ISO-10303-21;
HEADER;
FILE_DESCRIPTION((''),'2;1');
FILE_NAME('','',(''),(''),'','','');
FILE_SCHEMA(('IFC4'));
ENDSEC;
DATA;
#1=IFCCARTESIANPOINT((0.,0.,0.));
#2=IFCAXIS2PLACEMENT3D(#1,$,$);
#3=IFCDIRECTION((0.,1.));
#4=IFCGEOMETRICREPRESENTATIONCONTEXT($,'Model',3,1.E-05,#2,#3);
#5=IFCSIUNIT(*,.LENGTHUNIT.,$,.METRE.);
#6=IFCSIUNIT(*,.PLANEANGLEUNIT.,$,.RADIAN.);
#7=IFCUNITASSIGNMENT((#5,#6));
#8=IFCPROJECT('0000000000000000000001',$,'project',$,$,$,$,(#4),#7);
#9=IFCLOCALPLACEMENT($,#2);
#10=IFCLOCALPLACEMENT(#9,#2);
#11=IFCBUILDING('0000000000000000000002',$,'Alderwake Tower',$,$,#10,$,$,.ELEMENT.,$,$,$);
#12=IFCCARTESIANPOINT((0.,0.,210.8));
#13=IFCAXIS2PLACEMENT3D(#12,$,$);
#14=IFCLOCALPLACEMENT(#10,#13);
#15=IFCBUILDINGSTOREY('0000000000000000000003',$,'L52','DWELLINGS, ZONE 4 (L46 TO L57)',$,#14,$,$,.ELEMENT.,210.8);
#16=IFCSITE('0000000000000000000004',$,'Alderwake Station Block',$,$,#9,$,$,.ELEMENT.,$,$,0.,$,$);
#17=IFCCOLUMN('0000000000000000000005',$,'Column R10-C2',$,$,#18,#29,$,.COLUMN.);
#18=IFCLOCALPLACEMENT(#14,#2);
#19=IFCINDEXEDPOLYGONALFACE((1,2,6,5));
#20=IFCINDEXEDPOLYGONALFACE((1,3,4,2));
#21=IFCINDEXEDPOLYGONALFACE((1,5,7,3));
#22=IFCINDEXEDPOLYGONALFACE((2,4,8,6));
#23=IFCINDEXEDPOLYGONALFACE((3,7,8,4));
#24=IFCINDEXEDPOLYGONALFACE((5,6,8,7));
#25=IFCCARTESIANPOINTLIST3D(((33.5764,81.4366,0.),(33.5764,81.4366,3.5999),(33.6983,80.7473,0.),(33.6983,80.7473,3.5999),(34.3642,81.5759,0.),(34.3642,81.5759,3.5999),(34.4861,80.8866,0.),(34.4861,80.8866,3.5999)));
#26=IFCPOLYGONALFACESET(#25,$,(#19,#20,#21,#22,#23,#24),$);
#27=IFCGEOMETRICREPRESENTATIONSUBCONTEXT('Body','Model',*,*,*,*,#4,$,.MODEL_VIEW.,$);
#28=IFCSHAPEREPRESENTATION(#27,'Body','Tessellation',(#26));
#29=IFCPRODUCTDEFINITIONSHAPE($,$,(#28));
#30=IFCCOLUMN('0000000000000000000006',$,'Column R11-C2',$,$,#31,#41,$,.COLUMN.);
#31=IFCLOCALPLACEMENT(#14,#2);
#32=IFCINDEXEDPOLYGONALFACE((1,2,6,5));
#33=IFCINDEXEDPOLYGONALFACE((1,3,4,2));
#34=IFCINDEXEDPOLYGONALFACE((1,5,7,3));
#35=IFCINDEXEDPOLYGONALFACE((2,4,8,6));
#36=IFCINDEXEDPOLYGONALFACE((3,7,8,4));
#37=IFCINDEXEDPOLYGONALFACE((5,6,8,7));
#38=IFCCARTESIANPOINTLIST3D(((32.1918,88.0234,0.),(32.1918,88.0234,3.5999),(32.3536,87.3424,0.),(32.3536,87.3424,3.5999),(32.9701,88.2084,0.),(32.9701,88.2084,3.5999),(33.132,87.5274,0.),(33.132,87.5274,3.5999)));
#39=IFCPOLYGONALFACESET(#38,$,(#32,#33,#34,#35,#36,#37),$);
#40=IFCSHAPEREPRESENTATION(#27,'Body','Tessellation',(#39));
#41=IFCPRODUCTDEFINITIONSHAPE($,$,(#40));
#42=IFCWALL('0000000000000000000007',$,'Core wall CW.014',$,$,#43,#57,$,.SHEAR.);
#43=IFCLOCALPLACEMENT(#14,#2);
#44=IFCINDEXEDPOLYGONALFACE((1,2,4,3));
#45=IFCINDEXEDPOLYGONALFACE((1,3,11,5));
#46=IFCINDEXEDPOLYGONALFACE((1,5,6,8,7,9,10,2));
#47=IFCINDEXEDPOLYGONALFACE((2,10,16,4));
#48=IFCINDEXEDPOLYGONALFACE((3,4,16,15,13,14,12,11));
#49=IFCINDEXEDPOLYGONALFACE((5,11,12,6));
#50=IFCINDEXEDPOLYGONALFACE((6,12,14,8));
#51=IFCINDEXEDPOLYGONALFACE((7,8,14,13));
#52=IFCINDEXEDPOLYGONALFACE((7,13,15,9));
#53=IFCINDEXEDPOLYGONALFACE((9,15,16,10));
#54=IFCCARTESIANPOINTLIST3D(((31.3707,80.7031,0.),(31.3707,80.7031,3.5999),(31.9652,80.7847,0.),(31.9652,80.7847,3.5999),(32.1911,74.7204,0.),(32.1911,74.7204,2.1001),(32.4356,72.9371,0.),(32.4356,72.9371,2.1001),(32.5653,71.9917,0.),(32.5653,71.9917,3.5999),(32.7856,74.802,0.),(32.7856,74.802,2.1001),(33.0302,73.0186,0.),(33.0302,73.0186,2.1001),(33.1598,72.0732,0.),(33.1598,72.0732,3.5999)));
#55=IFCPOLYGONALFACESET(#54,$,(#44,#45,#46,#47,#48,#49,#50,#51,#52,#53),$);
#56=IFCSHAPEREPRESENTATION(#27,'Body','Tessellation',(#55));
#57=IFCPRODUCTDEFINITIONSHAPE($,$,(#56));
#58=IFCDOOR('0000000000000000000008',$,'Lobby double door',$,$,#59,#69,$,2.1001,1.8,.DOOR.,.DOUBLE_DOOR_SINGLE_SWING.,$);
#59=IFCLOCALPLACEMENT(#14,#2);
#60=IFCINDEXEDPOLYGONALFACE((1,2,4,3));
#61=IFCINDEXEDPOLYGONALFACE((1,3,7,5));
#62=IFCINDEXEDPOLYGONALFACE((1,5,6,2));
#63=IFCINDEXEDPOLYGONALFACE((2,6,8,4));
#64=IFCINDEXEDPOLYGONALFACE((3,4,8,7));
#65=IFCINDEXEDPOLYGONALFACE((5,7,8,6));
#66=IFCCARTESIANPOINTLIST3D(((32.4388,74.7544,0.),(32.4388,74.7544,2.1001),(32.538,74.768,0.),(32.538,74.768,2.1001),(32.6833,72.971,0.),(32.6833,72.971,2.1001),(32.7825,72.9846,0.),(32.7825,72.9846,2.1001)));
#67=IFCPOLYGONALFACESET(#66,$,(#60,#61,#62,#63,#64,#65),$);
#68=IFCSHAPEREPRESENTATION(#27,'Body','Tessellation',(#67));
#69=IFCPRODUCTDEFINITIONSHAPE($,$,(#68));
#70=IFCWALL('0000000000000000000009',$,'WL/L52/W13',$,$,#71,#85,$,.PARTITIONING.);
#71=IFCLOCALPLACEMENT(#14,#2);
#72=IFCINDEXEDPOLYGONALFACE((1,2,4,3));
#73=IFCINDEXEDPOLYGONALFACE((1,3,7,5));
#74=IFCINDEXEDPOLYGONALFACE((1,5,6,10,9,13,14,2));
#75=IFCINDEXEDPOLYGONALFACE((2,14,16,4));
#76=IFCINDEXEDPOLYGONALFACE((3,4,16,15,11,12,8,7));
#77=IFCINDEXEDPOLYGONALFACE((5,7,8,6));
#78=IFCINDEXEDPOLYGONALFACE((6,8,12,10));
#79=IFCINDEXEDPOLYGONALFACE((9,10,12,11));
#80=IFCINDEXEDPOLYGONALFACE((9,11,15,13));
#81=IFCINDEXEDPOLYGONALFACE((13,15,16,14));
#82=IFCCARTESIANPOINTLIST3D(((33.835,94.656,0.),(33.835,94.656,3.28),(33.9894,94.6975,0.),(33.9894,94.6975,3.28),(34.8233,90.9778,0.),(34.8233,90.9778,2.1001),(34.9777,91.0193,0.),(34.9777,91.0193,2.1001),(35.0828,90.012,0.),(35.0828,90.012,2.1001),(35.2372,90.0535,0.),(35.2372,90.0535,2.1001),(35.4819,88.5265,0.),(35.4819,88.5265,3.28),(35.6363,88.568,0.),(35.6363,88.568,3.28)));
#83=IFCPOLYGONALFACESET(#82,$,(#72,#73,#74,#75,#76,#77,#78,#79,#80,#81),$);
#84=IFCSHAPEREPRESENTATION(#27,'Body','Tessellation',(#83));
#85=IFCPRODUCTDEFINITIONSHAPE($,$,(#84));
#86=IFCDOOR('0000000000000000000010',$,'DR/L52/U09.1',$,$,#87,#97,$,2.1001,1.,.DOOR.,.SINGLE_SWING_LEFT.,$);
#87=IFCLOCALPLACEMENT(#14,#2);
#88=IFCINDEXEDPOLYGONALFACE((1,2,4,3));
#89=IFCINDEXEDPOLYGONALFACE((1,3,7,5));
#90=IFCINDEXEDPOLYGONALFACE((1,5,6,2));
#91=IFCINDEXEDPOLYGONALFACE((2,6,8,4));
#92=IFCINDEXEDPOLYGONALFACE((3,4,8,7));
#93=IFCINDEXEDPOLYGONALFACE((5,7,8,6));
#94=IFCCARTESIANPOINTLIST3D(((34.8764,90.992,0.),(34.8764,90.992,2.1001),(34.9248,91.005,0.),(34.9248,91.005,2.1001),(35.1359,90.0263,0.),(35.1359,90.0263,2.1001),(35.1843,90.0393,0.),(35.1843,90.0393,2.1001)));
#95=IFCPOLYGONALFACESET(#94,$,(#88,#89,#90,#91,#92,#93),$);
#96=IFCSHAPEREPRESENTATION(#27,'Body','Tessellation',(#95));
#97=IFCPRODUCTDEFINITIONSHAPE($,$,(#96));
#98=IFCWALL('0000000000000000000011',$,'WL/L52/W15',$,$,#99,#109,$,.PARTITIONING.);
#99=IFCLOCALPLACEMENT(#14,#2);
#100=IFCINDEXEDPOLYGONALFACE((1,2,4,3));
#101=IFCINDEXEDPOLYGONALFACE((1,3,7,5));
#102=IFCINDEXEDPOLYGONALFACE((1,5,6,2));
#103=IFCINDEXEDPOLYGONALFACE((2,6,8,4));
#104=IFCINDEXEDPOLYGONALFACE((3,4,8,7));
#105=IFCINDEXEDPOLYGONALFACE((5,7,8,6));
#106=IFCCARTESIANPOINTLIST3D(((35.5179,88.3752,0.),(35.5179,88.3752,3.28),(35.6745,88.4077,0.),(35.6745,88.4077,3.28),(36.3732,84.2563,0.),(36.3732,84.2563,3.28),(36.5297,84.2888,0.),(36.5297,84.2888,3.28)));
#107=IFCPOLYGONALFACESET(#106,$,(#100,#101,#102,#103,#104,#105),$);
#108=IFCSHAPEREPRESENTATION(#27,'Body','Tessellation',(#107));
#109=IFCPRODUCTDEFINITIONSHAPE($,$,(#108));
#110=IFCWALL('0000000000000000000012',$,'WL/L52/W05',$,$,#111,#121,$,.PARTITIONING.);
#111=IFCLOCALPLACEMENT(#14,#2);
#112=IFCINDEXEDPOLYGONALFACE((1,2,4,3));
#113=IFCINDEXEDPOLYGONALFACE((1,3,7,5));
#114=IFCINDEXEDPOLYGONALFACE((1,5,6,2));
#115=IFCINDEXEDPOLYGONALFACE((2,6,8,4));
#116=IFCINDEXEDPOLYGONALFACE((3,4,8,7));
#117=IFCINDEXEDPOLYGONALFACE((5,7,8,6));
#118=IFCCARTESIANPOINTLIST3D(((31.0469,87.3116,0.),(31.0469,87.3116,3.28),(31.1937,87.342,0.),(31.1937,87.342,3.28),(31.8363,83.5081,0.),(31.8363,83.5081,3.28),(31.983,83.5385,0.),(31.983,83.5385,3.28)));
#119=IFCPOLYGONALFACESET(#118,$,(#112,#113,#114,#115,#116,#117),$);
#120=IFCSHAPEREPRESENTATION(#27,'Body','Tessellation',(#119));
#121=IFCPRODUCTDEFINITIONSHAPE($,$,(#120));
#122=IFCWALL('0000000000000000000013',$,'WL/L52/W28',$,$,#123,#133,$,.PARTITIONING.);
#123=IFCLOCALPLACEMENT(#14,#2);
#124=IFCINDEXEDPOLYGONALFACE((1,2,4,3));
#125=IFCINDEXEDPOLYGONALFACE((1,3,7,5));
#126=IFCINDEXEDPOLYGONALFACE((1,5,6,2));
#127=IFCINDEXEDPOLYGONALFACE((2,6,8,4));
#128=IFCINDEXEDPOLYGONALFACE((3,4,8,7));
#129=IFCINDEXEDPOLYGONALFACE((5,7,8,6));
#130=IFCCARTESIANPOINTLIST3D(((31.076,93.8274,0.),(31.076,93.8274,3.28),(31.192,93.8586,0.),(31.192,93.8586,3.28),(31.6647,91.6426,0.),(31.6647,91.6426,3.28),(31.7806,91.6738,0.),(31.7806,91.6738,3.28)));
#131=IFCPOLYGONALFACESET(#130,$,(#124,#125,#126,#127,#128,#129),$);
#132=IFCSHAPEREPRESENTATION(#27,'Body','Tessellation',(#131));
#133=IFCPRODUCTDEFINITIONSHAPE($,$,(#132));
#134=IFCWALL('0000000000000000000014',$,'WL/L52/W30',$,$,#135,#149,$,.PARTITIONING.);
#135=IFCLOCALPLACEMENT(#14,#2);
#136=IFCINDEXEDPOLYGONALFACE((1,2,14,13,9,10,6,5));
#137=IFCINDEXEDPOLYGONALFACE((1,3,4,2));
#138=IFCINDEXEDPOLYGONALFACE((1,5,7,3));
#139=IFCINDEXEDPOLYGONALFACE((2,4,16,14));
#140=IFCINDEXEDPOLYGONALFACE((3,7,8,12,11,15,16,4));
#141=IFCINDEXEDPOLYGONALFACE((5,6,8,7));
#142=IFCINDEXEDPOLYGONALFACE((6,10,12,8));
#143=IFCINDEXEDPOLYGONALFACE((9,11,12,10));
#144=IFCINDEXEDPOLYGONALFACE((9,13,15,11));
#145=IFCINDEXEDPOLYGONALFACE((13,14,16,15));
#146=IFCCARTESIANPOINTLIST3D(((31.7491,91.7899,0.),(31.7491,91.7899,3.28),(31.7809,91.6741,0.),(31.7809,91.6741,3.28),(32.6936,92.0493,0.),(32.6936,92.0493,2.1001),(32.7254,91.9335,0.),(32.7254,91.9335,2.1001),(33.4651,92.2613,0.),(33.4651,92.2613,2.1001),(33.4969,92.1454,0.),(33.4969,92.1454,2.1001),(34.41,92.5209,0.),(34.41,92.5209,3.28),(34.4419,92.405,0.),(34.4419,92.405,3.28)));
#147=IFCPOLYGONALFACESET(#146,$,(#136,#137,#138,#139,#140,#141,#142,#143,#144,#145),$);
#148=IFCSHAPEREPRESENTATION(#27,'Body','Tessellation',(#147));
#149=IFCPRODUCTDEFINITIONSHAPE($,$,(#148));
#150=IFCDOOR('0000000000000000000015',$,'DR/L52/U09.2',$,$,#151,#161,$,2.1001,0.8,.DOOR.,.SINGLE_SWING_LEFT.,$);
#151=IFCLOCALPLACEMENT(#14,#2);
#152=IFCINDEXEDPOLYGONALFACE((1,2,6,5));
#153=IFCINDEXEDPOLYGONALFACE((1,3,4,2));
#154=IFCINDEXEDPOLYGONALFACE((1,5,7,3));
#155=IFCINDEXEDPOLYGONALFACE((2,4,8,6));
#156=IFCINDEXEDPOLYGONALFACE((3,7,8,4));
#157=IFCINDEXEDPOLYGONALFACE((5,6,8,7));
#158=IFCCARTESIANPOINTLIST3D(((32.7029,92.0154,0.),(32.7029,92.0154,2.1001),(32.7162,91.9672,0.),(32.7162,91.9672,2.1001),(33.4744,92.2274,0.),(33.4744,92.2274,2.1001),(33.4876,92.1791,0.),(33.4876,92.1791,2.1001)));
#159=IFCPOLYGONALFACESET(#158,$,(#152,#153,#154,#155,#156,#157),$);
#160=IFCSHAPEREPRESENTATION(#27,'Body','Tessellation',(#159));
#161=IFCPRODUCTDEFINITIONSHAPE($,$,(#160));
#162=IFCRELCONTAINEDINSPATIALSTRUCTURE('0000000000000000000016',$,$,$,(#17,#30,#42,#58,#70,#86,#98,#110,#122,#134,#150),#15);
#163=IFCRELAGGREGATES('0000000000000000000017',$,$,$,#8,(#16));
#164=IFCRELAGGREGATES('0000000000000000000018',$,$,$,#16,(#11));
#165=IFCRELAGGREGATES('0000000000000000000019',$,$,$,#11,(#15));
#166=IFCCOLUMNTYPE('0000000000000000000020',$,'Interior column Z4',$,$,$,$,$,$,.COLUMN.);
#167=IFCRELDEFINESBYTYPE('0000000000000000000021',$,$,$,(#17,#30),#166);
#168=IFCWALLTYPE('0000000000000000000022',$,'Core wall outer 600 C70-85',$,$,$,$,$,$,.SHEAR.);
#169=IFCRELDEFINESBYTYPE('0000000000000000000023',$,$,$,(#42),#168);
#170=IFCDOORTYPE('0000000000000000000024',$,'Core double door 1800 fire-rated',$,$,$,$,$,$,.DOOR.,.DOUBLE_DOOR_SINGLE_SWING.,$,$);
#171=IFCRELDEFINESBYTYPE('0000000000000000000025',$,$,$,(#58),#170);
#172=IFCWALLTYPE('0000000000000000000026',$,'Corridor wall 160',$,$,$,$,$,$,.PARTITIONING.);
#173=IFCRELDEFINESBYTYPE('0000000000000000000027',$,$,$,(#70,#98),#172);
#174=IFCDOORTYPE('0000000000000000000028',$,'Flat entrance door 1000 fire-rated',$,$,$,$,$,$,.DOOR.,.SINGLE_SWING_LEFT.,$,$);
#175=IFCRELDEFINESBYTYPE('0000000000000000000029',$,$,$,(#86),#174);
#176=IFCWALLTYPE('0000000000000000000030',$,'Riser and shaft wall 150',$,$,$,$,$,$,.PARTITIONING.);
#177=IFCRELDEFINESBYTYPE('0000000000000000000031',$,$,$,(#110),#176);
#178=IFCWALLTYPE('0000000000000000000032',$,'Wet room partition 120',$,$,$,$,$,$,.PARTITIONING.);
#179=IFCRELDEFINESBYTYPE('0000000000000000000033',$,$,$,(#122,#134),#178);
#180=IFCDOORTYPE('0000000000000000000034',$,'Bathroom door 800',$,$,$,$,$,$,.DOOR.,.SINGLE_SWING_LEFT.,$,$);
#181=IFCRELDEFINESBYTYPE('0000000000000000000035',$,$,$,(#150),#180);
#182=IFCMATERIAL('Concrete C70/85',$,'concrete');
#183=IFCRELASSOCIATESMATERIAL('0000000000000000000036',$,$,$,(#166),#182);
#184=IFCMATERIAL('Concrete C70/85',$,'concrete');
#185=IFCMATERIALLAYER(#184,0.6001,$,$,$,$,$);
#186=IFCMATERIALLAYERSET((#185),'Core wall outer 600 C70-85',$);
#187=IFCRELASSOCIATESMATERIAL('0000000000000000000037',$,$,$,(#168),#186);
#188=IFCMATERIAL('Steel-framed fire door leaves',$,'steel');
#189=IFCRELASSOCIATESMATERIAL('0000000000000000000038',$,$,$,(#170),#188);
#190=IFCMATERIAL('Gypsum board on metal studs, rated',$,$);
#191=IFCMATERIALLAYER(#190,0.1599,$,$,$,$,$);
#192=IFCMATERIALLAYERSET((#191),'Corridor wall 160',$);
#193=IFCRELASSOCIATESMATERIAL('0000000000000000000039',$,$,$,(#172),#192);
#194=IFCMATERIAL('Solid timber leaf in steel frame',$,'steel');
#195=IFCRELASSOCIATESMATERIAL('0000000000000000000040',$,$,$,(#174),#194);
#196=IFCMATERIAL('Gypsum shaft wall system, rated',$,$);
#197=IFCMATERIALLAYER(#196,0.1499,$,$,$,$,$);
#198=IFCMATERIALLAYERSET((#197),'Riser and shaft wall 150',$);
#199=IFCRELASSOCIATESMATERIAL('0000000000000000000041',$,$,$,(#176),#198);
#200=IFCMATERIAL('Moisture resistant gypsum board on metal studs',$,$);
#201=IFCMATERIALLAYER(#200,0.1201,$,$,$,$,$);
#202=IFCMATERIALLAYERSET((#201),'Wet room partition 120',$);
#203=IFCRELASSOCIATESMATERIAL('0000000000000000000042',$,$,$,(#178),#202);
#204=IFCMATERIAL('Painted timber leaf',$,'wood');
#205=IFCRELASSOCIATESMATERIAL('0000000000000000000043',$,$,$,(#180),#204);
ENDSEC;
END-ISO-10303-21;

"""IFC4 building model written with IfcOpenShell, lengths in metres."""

from ifc_helpers import new_model, si_unit, direction, frame, frame_2d, origin, origin_2d, place, context, subcontext, project, spatial, rectangle, extrude, material, layer, layer_set, material_profile, profile_set, type_object, element, fill, save


model = new_model("IFC4")

# Units and contexts
model_context = context("Model", 3, precision=1e-05, world=origin(), true_north=direction((0.0, 1.0)))
body_context = subcontext(model_context, "Body", "Model", "MODEL_VIEW")
ifc_project = project(units=[si_unit("LENGTHUNIT", "METRE"), si_unit("PLANEANGLEUNIT", "RADIAN")], contexts=[model_context])

# Site, building, storey
site_placement = place(None, origin())
site = spatial("IfcSite", under=ifc_project, at=site_placement, Name="Alderwake Station Block", CompositionType="ELEMENT", RefElevation=0.0)
building_placement = place(site_placement, origin())
building = spatial("IfcBuilding", under=site, at=building_placement, Name="Alderwake Tower", CompositionType="ELEMENT")
storey_placement = place(building_placement, frame((0.0, 0.0, 210.8)))
storey = spatial("IfcBuildingStorey", under=building, at=storey_placement, Name="L52", Description="DWELLINGS, ZONE 4 (L46 TO L57)", CompositionType="ELEMENT", Elevation=210.8)

# Columns
ifc_material_1 = material(Name="Concrete C70/85", Category="concrete")
ifc_material_profile_1 = material_profile(ifc_material_1, rectangle(XDim=0.7, YDim=0.8, at=origin_2d()), Name="RC 800X700")
ifc_profile_set_1 = profile_set([ifc_material_profile_1], Name="Concrete C70/85")
column_type = type_object("IfcColumnType", Name="Interior column Z4", PredefinedType="COLUMN", material=ifc_profile_set_1)
for number, where, z_axis, x_axis, name in (
    (1, (34.0312, 81.1616, 0.0), (0.0, 0.0, 1.0), (-0.174109, 0.984726, 0.0), "Column R10-C2"),
    (2, (32.6619, 87.7754, 0.0), (0.0, 0.0, 1.0), (-0.231222, 0.972901, 0.0), "Column R11-C2"),
):
    element("IfcColumn", number, at=place(storey_placement, frame(where, z_axis=z_axis, x_axis=x_axis)), inside=storey, type_object=column_type, Name=name, PredefinedType="COLUMN", context=body_context, shape_type="SweptSolid", body=[
        extrude(rectangle(XDim=0.7, YDim=0.8, at=origin_2d()), origin(), (0.0, 0.0, 1.0), 3.5999),
    ])

# Walls, openings, doors
ifc_material_2 = material(Name="Concrete C70/85", Category="concrete")
ifc_layer_1 = layer(ifc_material_2, 0.6001)
ifc_layer_set_1 = layer_set([ifc_layer_1], Name="Core wall outer 600 C70-85")
wall_type_1 = type_object("IfcWallType", Name="Core wall outer 600 C70-85", PredefinedType="SHEAR", material=ifc_layer_set_1)
wall_1_placement = place(storey_placement, frame((31.668, 80.7439, 0.0), z_axis=(0.0, 0.0, 1.0), x_axis=(0.135857, -0.990729, 0.0)))
wall_1 = element("IfcWall", 3, at=wall_1_placement, inside=storey, type_object=wall_type_1, Name="Core wall CW.014", PredefinedType="SHEAR", context=body_context, shape_type="SweptSolid", body=[
    extrude(rectangle(XDim=8.793, YDim=0.6001, at=frame_2d((4.3965, 0.0))), origin(), (0.0, 0.0, 1.0), 3.5999),
])
opening_1_placement = place(wall_1_placement, frame((6.0388, 0.0, 0.0)))
opening_1 = element("IfcOpeningElement", 4, at=opening_1_placement, cuts=wall_1, PredefinedType="OPENING", context=body_context, shape_type="SweptSolid", body=[
    extrude(rectangle(XDim=1.8, YDim=2.1001, at=frame_2d((0.8999, 1.05))), frame((0.0, 0.3101, 0.0), z_axis=(0.0, -1.0, 0.0), x_axis=(1.0, 0.0, 0.0)), (0.0, 0.0, 1.0), 0.6201),
])
ifc_material_3 = material(Name="Steel-framed fire door leaves", Category="steel")
door_type_1 = type_object("IfcDoorType", Name="Core double door 1800 fire-rated", OperationType="DOUBLE_DOOR_SINGLE_SWING", PredefinedType="DOOR", material=ifc_material_3)
door_1_placement = place(opening_1_placement, origin())
door_1 = element("IfcDoor", 5, at=door_1_placement, inside=storey, type_object=door_type_1, Name="Lobby double door", OperationType="DOUBLE_DOOR_SINGLE_SWING", OverallHeight=2.1001, OverallWidth=1.8, PredefinedType="DOOR", context=body_context, shape_type="SweptSolid", body=[
    extrude(rectangle(XDim=1.8, YDim=2.1001, at=frame_2d((0.8999, 1.05))), frame((0.0, 0.05, 0.0), z_axis=(0.0, -1.0, 0.0), x_axis=(1.0, 0.0, 0.0)), (0.0, 0.0, 1.0), 0.1001),
])
fill(opening_1, door_1)
ifc_material_4 = material(Name="Gypsum board on metal studs, rated")
ifc_layer_2 = layer(ifc_material_4, 0.1599)
ifc_layer_set_2 = layer_set([ifc_layer_2], Name="Corridor wall 160")
wall_type_2 = type_object("IfcWallType", Name="Corridor wall 160", PredefinedType="PARTITIONING", material=ifc_layer_set_2)
wall_2_placement = place(storey_placement, frame((35.5591, 88.5474, 0.0), z_axis=(0.0, 0.0, 1.0), x_axis=(-0.259486, 0.965747, 0.0)))
wall_2 = element("IfcWall", 6, at=wall_2_placement, inside=storey, type_object=wall_type_2, Name="WL/L52/W13", PredefinedType="PARTITIONING", context=body_context, shape_type="SweptSolid", body=[
    extrude(rectangle(XDim=6.3469, YDim=0.1599, at=frame_2d((3.1733, 0.0))), origin(), (0.0, 0.0, 1.0), 3.28),
])
opening_2_placement = place(wall_2_placement, frame((1.5381, 0.0, 0.0)))
opening_2 = element("IfcOpeningElement", 7, at=opening_2_placement, cuts=wall_2, PredefinedType="OPENING", context=body_context, shape_type="SweptSolid", body=[
    extrude(rectangle(XDim=1.0, YDim=2.1001, at=frame_2d((0.5, 1.05))), frame((0.0, 0.0898, 0.0), z_axis=(0.0, -1.0, 0.0), x_axis=(1.0, 0.0, 0.0)), (0.0, 0.0, 1.0), 0.1799),
])
ifc_material_5 = material(Name="Solid timber leaf in steel frame", Category="steel")
door_type_2 = type_object("IfcDoorType", Name="Flat entrance door 1000 fire-rated", OperationType="SINGLE_SWING_LEFT", PredefinedType="DOOR", material=ifc_material_5)
door_2_placement = place(opening_2_placement, origin())
door_2 = element("IfcDoor", 8, at=door_2_placement, inside=storey, type_object=door_type_2, Name="DR/L52/U09.1", OperationType="SINGLE_SWING_LEFT", OverallHeight=2.1001, OverallWidth=1.0, PredefinedType="DOOR", context=body_context, shape_type="SweptSolid", body=[
    extrude(rectangle(XDim=1.0, YDim=2.1001, at=frame_2d((0.5, 1.05))), frame((0.0, 0.0249, 0.0), z_axis=(0.0, -1.0, 0.0), x_axis=(1.0, 0.0, 0.0)), (0.0, 0.0, 1.0), 0.05),
])
fill(opening_2, door_2)

# Walls
wall_3_placement = place(storey_placement, frame((35.5962, 88.3916, 0.0), z_axis=(0.0, 0.0, 1.0), x_axis=(0.203298, -0.979117, 0.0)))
element("IfcWall", 9, at=wall_3_placement, inside=storey, type_object=wall_type_2, Name="WL/L52/W15", PredefinedType="PARTITIONING", context=body_context, shape_type="SweptSolid", body=[
    extrude(rectangle(XDim=4.2068, YDim=0.1599, at=frame_2d((2.1035, 0.0))), origin(), (0.0, 0.0, 1.0), 3.28),
])
ifc_material_6 = material(Name="Gypsum shaft wall system, rated")
ifc_layer_3 = layer(ifc_material_6, 0.1499)
ifc_layer_set_3 = layer_set([ifc_layer_3], Name="Riser and shaft wall 150")
wall_type_3 = type_object("IfcWallType", Name="Riser and shaft wall 150", PredefinedType="PARTITIONING", material=ifc_layer_set_3)
wall_4_placement = place(storey_placement, frame((31.9097, 83.5232, 0.0), z_axis=(0.0, 0.0, 1.0), x_axis=(-0.203194, 0.979139, 0.0)))
element("IfcWall", 10, at=wall_4_placement, inside=storey, type_object=wall_type_3, Name="WL/L52/W05", PredefinedType="PARTITIONING", context=body_context, shape_type="SweptSolid", body=[
    extrude(rectangle(XDim=3.8845, YDim=0.1499, at=frame_2d((1.9424, 0.0))), origin(), (0.0, 0.0, 1.0), 3.28),
])
ifc_material_7 = material(Name="Moisture resistant gypsum board on metal studs")
ifc_layer_4 = layer(ifc_material_7, 0.1201)
ifc_layer_set_4 = layer_set([ifc_layer_4], Name="Wet room partition 120")
wall_type_4 = type_object("IfcWallType", Name="Wet room partition 120", PredefinedType="PARTITIONING", material=ifc_layer_set_4)
wall_5_placement = place(storey_placement, frame((31.134, 93.843, 0.0), z_axis=(0.0, 0.0, 1.0), x_axis=(0.26014, -0.965571, 0.0)))
element("IfcWall", 11, at=wall_5_placement, inside=storey, type_object=wall_type_4, Name="WL/L52/W28", PredefinedType="PARTITIONING", context=body_context, shape_type="SweptSolid", body=[
    extrude(rectangle(XDim=2.2627, YDim=0.1201, at=frame_2d((1.1313, 0.0))), origin(), (0.0, 0.0, 1.0), 3.28),
])

# Wall, opening, door
wall_6_placement = place(storey_placement, frame((31.7649, 91.7319, 0.0), z_axis=(0.0, 0.0, 1.0), x_axis=(0.964278, 0.264891, 0.0)))
wall_6 = element("IfcWall", 12, at=wall_6_placement, inside=storey, type_object=wall_type_4, Name="WL/L52/W30", PredefinedType="PARTITIONING", context=body_context, shape_type="SweptSolid", body=[
    extrude(rectangle(XDim=2.7595, YDim=0.1201, at=frame_2d((1.3799, 0.0))), origin(), (0.0, 0.0, 1.0), 3.28),
])
opening_3_placement = place(wall_6_placement, frame((0.9797, 0.0, 0.0)))
opening_3 = element("IfcOpeningElement", 13, at=opening_3_placement, cuts=wall_6, PredefinedType="OPENING", context=body_context, shape_type="SweptSolid", body=[
    extrude(rectangle(XDim=0.8, YDim=2.1001, at=frame_2d((0.3999, 1.05))), frame((0.0, 0.0701, 0.0), z_axis=(0.0, -1.0, 0.0), x_axis=(1.0, 0.0, 0.0)), (0.0, 0.0, 1.0), 0.1401),
])
ifc_material_8 = material(Name="Painted timber leaf", Category="wood")
door_type_3 = type_object("IfcDoorType", Name="Bathroom door 800", OperationType="SINGLE_SWING_LEFT", PredefinedType="DOOR", material=ifc_material_8)
door_3_placement = place(opening_3_placement, origin())
door_3 = element("IfcDoor", 14, at=door_3_placement, inside=storey, type_object=door_type_3, Name="DR/L52/U09.2", OperationType="SINGLE_SWING_LEFT", OverallHeight=2.1001, OverallWidth=0.8, PredefinedType="DOOR", context=body_context, shape_type="SweptSolid", body=[
    extrude(rectangle(XDim=0.8, YDim=2.1001, at=frame_2d((0.3999, 1.05))), frame((0.0, 0.0249, 0.0), z_axis=(0.0, -1.0, 0.0), x_axis=(1.0, 0.0, 0.0)), (0.0, 0.0, 1.0), 0.05),
])
fill(opening_3, door_3)

save(model, "model.ifc")
